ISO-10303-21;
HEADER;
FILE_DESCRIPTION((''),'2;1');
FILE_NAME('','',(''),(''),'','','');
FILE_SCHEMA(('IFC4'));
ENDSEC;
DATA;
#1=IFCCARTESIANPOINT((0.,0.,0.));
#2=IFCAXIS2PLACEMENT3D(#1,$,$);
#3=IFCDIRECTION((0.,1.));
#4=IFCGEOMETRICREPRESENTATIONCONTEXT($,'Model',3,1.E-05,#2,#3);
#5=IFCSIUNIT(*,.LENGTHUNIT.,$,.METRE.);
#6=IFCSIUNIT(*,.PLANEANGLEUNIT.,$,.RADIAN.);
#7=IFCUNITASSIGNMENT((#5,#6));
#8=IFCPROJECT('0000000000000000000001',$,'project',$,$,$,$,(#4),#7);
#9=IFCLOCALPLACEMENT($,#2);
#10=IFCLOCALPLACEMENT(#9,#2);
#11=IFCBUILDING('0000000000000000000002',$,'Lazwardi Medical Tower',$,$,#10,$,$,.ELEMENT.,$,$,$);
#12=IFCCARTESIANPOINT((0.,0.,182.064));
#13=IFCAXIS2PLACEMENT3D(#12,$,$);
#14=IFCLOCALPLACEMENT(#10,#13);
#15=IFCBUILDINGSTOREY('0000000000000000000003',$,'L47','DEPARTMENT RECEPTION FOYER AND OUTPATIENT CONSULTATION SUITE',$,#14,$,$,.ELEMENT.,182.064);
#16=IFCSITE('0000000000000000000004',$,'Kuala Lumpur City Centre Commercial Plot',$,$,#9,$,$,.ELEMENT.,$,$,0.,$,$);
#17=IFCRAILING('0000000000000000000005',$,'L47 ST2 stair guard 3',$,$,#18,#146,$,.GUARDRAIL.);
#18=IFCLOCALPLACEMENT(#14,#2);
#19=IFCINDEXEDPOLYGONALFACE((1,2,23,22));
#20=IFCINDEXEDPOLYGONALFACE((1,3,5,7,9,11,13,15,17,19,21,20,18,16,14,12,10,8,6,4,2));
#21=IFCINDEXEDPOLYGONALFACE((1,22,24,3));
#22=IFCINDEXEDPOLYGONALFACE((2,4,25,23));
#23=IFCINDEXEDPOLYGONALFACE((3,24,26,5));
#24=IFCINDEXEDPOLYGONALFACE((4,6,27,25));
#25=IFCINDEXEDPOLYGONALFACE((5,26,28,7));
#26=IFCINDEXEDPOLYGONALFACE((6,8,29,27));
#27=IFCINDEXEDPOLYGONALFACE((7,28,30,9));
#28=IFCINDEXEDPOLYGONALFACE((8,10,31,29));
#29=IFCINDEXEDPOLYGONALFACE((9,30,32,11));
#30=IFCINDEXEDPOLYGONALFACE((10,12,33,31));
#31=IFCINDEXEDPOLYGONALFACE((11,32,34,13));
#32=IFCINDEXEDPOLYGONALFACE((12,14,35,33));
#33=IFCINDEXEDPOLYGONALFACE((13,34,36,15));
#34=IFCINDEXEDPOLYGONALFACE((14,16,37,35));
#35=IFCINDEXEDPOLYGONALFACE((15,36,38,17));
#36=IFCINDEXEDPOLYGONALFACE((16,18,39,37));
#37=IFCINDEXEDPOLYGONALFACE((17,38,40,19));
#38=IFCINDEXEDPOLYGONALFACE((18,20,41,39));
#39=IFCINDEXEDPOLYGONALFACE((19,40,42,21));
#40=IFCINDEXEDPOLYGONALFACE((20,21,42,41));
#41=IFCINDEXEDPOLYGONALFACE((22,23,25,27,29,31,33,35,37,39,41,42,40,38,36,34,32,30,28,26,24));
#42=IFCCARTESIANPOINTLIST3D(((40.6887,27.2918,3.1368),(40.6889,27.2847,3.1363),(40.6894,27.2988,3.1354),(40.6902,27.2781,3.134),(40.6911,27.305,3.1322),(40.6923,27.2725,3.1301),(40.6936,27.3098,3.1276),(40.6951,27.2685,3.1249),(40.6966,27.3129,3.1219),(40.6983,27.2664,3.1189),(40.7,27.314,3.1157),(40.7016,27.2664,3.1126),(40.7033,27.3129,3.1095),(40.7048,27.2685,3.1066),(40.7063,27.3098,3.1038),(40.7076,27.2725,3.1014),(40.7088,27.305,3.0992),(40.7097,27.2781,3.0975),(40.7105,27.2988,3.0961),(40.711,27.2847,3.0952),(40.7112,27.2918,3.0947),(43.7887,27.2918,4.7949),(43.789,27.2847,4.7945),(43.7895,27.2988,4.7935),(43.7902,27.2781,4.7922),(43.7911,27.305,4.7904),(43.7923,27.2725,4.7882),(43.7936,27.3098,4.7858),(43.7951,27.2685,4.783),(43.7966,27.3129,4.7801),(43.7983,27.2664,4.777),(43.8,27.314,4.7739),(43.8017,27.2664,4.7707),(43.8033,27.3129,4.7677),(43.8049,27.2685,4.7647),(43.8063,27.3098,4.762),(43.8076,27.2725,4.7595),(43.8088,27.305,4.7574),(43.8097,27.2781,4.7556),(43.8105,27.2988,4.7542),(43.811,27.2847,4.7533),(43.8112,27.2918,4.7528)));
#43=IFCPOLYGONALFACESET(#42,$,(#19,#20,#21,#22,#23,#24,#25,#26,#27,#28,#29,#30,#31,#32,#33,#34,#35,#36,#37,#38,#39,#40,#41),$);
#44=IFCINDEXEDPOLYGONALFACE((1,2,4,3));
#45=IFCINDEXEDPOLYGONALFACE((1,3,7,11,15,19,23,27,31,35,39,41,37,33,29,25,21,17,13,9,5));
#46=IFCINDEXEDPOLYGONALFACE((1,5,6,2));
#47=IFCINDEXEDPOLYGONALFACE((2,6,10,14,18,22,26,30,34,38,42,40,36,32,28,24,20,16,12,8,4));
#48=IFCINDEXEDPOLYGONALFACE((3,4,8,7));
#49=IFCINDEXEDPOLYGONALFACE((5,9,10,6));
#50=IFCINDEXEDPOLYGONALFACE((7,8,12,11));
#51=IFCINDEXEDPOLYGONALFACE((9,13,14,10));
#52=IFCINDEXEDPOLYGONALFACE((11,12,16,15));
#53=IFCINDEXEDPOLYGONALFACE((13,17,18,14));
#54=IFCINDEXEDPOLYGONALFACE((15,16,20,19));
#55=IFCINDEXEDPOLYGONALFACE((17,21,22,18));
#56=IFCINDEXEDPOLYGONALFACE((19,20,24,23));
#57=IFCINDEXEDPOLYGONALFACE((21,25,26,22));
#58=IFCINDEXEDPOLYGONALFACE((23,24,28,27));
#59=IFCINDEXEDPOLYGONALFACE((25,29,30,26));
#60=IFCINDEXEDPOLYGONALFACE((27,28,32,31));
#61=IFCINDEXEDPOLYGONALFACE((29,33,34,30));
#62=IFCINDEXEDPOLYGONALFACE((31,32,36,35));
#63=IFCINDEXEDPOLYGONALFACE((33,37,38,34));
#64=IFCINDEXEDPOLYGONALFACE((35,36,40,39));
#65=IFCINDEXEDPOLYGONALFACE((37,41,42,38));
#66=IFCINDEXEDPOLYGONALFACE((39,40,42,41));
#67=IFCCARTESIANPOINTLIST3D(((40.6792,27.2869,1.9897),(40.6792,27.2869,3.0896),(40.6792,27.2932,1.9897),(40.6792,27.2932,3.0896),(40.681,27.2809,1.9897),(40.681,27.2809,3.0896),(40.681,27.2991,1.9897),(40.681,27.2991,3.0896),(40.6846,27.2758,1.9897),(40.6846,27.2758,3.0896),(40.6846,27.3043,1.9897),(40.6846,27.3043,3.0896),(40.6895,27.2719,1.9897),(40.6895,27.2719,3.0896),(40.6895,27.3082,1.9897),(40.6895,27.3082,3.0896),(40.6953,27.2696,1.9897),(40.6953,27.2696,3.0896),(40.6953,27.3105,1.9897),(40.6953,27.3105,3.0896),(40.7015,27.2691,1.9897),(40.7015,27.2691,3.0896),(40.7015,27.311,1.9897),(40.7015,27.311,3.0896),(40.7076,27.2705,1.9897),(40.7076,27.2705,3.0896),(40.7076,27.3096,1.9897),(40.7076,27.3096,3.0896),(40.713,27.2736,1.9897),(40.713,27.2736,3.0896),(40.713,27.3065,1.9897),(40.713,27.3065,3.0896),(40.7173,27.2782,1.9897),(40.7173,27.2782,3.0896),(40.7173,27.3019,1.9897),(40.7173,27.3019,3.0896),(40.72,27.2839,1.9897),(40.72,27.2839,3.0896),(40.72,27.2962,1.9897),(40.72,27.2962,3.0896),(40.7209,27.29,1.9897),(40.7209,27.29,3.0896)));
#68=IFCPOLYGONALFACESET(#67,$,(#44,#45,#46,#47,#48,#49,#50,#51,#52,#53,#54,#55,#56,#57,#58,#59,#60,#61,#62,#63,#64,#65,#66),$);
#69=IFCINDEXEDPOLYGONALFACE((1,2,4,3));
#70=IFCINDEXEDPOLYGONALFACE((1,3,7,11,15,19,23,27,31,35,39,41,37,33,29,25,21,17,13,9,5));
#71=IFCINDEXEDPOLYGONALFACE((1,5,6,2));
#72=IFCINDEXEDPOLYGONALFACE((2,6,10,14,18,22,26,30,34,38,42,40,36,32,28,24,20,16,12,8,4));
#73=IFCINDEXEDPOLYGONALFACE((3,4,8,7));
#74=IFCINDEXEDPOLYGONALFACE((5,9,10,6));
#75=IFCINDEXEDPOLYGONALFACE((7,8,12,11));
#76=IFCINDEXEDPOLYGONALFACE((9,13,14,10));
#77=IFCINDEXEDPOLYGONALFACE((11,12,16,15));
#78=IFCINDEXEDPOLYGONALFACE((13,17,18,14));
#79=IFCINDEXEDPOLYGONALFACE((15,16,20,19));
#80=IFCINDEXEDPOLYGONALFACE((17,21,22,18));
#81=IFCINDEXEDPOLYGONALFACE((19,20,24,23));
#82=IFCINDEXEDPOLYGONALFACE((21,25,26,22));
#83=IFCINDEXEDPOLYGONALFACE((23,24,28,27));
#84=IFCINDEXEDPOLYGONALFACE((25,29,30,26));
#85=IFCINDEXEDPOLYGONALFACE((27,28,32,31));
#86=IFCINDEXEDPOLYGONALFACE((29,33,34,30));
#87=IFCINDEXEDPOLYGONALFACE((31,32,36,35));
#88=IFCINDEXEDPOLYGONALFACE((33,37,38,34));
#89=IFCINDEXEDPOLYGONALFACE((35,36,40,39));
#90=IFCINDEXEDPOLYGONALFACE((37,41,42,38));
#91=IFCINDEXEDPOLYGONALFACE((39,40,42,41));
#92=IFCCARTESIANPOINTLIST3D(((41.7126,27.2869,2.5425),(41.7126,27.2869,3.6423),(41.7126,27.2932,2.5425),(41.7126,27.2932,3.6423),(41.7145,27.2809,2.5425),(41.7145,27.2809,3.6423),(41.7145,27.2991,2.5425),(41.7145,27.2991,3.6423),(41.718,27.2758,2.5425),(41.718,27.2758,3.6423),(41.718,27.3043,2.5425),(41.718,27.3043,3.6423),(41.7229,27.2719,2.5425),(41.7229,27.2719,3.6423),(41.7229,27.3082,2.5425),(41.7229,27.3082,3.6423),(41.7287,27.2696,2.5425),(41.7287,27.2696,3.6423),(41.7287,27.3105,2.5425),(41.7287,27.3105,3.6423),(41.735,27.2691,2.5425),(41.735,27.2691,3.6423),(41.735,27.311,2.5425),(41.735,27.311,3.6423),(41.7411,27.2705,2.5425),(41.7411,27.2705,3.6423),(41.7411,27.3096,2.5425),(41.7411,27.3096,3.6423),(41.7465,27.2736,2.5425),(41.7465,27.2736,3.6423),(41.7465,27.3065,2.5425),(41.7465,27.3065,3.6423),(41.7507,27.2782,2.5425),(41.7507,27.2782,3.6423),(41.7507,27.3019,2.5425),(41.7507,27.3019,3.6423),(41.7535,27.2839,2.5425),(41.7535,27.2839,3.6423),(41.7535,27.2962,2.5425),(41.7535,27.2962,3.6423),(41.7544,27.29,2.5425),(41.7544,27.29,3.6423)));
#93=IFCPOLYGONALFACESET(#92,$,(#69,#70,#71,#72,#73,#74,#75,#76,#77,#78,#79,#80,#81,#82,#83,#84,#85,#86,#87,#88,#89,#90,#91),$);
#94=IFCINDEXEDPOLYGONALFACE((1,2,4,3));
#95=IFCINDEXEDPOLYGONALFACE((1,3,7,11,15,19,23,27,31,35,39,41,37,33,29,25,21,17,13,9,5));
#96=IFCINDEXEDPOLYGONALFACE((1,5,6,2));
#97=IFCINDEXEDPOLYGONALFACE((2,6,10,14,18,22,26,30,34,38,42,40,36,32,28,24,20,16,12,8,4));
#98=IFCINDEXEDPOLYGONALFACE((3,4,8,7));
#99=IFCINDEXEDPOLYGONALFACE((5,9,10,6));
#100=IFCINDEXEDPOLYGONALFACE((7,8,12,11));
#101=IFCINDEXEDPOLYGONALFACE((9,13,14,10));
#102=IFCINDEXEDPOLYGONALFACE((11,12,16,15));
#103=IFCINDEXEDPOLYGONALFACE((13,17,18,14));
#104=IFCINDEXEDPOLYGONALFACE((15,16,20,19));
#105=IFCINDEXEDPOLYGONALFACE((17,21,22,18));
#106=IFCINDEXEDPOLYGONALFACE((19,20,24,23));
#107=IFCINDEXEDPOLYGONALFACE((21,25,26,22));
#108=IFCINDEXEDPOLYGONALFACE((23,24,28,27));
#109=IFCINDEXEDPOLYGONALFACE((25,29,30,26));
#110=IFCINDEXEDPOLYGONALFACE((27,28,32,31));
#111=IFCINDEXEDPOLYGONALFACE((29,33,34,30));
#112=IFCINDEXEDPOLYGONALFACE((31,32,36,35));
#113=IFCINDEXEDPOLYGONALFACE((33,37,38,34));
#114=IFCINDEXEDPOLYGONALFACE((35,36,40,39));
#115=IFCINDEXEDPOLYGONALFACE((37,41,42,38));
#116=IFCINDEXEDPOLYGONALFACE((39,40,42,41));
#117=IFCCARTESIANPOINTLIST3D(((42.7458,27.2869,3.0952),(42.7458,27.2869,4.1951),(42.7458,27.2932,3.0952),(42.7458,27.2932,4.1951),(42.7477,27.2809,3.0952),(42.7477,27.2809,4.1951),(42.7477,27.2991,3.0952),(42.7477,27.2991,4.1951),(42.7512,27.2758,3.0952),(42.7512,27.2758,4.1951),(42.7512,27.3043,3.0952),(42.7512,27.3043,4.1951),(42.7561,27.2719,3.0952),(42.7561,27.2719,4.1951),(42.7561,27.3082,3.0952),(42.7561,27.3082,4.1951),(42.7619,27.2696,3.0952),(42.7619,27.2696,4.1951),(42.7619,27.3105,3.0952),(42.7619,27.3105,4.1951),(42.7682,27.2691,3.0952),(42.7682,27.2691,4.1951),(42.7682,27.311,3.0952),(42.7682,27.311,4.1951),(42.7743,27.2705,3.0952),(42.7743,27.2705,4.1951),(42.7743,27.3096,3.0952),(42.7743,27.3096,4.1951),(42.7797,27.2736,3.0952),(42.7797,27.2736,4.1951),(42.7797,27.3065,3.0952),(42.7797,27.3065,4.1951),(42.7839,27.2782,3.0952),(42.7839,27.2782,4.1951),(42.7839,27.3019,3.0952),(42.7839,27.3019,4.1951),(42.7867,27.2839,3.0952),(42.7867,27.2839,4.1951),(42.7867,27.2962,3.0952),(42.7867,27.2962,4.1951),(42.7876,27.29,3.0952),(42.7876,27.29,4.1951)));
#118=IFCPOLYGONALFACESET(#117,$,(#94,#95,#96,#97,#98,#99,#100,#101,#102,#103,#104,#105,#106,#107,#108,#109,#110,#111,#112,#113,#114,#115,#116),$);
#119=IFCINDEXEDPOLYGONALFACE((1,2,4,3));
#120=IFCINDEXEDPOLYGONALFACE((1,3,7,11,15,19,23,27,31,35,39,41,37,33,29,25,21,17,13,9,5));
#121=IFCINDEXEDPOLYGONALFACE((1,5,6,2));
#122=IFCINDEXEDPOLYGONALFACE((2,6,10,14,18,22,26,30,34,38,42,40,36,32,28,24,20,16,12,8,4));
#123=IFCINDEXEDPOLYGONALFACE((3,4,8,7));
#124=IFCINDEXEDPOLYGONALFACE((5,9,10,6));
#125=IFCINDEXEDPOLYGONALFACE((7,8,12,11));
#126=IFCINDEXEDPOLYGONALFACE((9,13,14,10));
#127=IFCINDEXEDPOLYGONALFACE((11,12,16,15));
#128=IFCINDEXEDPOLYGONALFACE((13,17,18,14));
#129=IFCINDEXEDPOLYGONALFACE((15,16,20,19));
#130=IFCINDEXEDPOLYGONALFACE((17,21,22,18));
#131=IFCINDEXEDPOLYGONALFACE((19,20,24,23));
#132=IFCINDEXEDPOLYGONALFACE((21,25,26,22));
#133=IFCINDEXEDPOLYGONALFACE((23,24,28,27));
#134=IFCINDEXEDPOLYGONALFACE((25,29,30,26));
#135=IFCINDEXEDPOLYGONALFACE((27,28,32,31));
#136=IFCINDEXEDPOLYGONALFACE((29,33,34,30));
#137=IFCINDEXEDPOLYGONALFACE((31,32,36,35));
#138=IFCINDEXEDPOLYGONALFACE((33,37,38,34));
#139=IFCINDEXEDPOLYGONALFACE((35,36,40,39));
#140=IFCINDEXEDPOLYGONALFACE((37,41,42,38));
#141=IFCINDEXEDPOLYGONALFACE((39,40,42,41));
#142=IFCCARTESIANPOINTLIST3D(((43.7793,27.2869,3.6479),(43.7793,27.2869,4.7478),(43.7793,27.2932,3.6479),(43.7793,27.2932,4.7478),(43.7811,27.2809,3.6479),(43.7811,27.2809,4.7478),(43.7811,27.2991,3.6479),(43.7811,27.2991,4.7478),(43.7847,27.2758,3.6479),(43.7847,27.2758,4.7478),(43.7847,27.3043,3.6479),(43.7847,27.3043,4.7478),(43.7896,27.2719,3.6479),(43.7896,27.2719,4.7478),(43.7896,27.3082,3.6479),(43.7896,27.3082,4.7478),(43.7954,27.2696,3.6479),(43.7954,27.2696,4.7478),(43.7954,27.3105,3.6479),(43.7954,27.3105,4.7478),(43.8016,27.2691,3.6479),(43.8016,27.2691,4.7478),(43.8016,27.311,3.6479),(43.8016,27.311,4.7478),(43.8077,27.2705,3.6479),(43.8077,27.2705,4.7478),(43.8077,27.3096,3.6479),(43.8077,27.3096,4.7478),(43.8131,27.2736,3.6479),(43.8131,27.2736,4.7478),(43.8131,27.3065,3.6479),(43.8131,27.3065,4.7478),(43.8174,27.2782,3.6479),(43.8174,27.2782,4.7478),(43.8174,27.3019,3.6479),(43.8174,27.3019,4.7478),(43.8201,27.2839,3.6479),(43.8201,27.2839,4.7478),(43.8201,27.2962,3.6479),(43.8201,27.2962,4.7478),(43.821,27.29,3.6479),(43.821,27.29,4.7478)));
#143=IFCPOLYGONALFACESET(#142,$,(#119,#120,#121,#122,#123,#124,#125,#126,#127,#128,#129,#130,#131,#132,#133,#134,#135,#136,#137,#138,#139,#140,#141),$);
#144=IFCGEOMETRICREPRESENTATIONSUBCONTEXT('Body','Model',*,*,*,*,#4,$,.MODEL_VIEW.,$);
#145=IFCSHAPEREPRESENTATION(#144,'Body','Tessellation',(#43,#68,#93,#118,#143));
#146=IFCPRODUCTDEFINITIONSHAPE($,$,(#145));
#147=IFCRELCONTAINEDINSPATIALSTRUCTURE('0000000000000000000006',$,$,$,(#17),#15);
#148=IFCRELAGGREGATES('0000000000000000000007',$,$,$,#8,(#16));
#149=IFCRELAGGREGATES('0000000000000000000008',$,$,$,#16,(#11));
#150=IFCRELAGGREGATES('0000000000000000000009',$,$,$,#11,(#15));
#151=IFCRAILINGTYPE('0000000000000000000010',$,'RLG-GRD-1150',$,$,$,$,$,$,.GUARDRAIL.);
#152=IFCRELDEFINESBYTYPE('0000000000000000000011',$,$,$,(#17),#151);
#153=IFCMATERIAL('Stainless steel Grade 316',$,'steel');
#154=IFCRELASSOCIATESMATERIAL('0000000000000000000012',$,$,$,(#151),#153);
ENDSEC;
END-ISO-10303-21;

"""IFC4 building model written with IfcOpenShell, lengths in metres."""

from ifc_helpers import new_model, si_unit, direction, frame, origin, origin_2d, place, context, subcontext, project, spatial, circle, extrude, material, type_object, element, save


model = new_model("IFC4")

# Units and contexts
model_context = context("Model", 3, precision=1e-05, world=origin(), true_north=direction((0.0, 1.0)))
body_context = subcontext(model_context, "Body", "Model", "MODEL_VIEW")
ifc_project = project(units=[si_unit("LENGTHUNIT", "METRE"), si_unit("PLANEANGLEUNIT", "RADIAN")], contexts=[model_context])

# Site, building, storey
site_placement = place(None, origin())
site = spatial("IfcSite", under=ifc_project, at=site_placement, Name="Kuala Lumpur City Centre Commercial Plot", CompositionType="ELEMENT", RefElevation=0.0)
building_placement = place(site_placement, origin())
building = spatial("IfcBuilding", under=site, at=building_placement, Name="Lazwardi Medical Tower", CompositionType="ELEMENT")
storey_placement = place(building_placement, frame((0.0, 0.0, 182.064)))
storey = spatial("IfcBuildingStorey", under=building, at=storey_placement, Name="L47", Description="DEPARTMENT RECEPTION FOYER AND OUTPATIENT CONSULTATION SUITE", CompositionType="ELEMENT", Elevation=182.064)

# Railing
ifc_material_1 = material(Name="Stainless steel Grade 316", Category="steel")
railing_type_1 = type_object("IfcRailingType", Name="RLG-GRD-1150", PredefinedType="GUARDRAIL", material=ifc_material_1)
railing_1_placement = place(storey_placement, frame((40.7, 27.29, 1.9897)))
element("IfcRailing", 1, at=railing_1_placement, inside=storey, type_object=railing_type_1, Name="L47 ST2 stair guard 3", PredefinedType="GUARDRAIL", context=body_context, shape_type="SweptSolid", body=[
    extrude(circle(Radius=0.0239, at=origin_2d()), frame((0.0, 0.0, 1.126), z_axis=(0.881783, 0.0, 0.471655), x_axis=(0.0, 1.0, 0.0)), (0.0, 0.0, 1.0), 3.5156),
    extrude(circle(Radius=0.021, at=origin_2d()), origin(), (0.0, 0.0, 1.0), 1.0999),
    extrude(circle(Radius=0.021, at=origin_2d()), frame((1.0334, 0.0, 0.5527)), (0.0, 0.0, 1.0), 1.0999),
    extrude(circle(Radius=0.021, at=origin_2d()), frame((2.0667, 0.0, 1.1055)), (0.0, 0.0, 1.0), 1.0999),
    extrude(circle(Radius=0.021, at=origin_2d()), frame((3.1001, 0.0, 1.6582)), (0.0, 0.0, 1.0), 1.0999),
])

save(model, "model.ifc")
